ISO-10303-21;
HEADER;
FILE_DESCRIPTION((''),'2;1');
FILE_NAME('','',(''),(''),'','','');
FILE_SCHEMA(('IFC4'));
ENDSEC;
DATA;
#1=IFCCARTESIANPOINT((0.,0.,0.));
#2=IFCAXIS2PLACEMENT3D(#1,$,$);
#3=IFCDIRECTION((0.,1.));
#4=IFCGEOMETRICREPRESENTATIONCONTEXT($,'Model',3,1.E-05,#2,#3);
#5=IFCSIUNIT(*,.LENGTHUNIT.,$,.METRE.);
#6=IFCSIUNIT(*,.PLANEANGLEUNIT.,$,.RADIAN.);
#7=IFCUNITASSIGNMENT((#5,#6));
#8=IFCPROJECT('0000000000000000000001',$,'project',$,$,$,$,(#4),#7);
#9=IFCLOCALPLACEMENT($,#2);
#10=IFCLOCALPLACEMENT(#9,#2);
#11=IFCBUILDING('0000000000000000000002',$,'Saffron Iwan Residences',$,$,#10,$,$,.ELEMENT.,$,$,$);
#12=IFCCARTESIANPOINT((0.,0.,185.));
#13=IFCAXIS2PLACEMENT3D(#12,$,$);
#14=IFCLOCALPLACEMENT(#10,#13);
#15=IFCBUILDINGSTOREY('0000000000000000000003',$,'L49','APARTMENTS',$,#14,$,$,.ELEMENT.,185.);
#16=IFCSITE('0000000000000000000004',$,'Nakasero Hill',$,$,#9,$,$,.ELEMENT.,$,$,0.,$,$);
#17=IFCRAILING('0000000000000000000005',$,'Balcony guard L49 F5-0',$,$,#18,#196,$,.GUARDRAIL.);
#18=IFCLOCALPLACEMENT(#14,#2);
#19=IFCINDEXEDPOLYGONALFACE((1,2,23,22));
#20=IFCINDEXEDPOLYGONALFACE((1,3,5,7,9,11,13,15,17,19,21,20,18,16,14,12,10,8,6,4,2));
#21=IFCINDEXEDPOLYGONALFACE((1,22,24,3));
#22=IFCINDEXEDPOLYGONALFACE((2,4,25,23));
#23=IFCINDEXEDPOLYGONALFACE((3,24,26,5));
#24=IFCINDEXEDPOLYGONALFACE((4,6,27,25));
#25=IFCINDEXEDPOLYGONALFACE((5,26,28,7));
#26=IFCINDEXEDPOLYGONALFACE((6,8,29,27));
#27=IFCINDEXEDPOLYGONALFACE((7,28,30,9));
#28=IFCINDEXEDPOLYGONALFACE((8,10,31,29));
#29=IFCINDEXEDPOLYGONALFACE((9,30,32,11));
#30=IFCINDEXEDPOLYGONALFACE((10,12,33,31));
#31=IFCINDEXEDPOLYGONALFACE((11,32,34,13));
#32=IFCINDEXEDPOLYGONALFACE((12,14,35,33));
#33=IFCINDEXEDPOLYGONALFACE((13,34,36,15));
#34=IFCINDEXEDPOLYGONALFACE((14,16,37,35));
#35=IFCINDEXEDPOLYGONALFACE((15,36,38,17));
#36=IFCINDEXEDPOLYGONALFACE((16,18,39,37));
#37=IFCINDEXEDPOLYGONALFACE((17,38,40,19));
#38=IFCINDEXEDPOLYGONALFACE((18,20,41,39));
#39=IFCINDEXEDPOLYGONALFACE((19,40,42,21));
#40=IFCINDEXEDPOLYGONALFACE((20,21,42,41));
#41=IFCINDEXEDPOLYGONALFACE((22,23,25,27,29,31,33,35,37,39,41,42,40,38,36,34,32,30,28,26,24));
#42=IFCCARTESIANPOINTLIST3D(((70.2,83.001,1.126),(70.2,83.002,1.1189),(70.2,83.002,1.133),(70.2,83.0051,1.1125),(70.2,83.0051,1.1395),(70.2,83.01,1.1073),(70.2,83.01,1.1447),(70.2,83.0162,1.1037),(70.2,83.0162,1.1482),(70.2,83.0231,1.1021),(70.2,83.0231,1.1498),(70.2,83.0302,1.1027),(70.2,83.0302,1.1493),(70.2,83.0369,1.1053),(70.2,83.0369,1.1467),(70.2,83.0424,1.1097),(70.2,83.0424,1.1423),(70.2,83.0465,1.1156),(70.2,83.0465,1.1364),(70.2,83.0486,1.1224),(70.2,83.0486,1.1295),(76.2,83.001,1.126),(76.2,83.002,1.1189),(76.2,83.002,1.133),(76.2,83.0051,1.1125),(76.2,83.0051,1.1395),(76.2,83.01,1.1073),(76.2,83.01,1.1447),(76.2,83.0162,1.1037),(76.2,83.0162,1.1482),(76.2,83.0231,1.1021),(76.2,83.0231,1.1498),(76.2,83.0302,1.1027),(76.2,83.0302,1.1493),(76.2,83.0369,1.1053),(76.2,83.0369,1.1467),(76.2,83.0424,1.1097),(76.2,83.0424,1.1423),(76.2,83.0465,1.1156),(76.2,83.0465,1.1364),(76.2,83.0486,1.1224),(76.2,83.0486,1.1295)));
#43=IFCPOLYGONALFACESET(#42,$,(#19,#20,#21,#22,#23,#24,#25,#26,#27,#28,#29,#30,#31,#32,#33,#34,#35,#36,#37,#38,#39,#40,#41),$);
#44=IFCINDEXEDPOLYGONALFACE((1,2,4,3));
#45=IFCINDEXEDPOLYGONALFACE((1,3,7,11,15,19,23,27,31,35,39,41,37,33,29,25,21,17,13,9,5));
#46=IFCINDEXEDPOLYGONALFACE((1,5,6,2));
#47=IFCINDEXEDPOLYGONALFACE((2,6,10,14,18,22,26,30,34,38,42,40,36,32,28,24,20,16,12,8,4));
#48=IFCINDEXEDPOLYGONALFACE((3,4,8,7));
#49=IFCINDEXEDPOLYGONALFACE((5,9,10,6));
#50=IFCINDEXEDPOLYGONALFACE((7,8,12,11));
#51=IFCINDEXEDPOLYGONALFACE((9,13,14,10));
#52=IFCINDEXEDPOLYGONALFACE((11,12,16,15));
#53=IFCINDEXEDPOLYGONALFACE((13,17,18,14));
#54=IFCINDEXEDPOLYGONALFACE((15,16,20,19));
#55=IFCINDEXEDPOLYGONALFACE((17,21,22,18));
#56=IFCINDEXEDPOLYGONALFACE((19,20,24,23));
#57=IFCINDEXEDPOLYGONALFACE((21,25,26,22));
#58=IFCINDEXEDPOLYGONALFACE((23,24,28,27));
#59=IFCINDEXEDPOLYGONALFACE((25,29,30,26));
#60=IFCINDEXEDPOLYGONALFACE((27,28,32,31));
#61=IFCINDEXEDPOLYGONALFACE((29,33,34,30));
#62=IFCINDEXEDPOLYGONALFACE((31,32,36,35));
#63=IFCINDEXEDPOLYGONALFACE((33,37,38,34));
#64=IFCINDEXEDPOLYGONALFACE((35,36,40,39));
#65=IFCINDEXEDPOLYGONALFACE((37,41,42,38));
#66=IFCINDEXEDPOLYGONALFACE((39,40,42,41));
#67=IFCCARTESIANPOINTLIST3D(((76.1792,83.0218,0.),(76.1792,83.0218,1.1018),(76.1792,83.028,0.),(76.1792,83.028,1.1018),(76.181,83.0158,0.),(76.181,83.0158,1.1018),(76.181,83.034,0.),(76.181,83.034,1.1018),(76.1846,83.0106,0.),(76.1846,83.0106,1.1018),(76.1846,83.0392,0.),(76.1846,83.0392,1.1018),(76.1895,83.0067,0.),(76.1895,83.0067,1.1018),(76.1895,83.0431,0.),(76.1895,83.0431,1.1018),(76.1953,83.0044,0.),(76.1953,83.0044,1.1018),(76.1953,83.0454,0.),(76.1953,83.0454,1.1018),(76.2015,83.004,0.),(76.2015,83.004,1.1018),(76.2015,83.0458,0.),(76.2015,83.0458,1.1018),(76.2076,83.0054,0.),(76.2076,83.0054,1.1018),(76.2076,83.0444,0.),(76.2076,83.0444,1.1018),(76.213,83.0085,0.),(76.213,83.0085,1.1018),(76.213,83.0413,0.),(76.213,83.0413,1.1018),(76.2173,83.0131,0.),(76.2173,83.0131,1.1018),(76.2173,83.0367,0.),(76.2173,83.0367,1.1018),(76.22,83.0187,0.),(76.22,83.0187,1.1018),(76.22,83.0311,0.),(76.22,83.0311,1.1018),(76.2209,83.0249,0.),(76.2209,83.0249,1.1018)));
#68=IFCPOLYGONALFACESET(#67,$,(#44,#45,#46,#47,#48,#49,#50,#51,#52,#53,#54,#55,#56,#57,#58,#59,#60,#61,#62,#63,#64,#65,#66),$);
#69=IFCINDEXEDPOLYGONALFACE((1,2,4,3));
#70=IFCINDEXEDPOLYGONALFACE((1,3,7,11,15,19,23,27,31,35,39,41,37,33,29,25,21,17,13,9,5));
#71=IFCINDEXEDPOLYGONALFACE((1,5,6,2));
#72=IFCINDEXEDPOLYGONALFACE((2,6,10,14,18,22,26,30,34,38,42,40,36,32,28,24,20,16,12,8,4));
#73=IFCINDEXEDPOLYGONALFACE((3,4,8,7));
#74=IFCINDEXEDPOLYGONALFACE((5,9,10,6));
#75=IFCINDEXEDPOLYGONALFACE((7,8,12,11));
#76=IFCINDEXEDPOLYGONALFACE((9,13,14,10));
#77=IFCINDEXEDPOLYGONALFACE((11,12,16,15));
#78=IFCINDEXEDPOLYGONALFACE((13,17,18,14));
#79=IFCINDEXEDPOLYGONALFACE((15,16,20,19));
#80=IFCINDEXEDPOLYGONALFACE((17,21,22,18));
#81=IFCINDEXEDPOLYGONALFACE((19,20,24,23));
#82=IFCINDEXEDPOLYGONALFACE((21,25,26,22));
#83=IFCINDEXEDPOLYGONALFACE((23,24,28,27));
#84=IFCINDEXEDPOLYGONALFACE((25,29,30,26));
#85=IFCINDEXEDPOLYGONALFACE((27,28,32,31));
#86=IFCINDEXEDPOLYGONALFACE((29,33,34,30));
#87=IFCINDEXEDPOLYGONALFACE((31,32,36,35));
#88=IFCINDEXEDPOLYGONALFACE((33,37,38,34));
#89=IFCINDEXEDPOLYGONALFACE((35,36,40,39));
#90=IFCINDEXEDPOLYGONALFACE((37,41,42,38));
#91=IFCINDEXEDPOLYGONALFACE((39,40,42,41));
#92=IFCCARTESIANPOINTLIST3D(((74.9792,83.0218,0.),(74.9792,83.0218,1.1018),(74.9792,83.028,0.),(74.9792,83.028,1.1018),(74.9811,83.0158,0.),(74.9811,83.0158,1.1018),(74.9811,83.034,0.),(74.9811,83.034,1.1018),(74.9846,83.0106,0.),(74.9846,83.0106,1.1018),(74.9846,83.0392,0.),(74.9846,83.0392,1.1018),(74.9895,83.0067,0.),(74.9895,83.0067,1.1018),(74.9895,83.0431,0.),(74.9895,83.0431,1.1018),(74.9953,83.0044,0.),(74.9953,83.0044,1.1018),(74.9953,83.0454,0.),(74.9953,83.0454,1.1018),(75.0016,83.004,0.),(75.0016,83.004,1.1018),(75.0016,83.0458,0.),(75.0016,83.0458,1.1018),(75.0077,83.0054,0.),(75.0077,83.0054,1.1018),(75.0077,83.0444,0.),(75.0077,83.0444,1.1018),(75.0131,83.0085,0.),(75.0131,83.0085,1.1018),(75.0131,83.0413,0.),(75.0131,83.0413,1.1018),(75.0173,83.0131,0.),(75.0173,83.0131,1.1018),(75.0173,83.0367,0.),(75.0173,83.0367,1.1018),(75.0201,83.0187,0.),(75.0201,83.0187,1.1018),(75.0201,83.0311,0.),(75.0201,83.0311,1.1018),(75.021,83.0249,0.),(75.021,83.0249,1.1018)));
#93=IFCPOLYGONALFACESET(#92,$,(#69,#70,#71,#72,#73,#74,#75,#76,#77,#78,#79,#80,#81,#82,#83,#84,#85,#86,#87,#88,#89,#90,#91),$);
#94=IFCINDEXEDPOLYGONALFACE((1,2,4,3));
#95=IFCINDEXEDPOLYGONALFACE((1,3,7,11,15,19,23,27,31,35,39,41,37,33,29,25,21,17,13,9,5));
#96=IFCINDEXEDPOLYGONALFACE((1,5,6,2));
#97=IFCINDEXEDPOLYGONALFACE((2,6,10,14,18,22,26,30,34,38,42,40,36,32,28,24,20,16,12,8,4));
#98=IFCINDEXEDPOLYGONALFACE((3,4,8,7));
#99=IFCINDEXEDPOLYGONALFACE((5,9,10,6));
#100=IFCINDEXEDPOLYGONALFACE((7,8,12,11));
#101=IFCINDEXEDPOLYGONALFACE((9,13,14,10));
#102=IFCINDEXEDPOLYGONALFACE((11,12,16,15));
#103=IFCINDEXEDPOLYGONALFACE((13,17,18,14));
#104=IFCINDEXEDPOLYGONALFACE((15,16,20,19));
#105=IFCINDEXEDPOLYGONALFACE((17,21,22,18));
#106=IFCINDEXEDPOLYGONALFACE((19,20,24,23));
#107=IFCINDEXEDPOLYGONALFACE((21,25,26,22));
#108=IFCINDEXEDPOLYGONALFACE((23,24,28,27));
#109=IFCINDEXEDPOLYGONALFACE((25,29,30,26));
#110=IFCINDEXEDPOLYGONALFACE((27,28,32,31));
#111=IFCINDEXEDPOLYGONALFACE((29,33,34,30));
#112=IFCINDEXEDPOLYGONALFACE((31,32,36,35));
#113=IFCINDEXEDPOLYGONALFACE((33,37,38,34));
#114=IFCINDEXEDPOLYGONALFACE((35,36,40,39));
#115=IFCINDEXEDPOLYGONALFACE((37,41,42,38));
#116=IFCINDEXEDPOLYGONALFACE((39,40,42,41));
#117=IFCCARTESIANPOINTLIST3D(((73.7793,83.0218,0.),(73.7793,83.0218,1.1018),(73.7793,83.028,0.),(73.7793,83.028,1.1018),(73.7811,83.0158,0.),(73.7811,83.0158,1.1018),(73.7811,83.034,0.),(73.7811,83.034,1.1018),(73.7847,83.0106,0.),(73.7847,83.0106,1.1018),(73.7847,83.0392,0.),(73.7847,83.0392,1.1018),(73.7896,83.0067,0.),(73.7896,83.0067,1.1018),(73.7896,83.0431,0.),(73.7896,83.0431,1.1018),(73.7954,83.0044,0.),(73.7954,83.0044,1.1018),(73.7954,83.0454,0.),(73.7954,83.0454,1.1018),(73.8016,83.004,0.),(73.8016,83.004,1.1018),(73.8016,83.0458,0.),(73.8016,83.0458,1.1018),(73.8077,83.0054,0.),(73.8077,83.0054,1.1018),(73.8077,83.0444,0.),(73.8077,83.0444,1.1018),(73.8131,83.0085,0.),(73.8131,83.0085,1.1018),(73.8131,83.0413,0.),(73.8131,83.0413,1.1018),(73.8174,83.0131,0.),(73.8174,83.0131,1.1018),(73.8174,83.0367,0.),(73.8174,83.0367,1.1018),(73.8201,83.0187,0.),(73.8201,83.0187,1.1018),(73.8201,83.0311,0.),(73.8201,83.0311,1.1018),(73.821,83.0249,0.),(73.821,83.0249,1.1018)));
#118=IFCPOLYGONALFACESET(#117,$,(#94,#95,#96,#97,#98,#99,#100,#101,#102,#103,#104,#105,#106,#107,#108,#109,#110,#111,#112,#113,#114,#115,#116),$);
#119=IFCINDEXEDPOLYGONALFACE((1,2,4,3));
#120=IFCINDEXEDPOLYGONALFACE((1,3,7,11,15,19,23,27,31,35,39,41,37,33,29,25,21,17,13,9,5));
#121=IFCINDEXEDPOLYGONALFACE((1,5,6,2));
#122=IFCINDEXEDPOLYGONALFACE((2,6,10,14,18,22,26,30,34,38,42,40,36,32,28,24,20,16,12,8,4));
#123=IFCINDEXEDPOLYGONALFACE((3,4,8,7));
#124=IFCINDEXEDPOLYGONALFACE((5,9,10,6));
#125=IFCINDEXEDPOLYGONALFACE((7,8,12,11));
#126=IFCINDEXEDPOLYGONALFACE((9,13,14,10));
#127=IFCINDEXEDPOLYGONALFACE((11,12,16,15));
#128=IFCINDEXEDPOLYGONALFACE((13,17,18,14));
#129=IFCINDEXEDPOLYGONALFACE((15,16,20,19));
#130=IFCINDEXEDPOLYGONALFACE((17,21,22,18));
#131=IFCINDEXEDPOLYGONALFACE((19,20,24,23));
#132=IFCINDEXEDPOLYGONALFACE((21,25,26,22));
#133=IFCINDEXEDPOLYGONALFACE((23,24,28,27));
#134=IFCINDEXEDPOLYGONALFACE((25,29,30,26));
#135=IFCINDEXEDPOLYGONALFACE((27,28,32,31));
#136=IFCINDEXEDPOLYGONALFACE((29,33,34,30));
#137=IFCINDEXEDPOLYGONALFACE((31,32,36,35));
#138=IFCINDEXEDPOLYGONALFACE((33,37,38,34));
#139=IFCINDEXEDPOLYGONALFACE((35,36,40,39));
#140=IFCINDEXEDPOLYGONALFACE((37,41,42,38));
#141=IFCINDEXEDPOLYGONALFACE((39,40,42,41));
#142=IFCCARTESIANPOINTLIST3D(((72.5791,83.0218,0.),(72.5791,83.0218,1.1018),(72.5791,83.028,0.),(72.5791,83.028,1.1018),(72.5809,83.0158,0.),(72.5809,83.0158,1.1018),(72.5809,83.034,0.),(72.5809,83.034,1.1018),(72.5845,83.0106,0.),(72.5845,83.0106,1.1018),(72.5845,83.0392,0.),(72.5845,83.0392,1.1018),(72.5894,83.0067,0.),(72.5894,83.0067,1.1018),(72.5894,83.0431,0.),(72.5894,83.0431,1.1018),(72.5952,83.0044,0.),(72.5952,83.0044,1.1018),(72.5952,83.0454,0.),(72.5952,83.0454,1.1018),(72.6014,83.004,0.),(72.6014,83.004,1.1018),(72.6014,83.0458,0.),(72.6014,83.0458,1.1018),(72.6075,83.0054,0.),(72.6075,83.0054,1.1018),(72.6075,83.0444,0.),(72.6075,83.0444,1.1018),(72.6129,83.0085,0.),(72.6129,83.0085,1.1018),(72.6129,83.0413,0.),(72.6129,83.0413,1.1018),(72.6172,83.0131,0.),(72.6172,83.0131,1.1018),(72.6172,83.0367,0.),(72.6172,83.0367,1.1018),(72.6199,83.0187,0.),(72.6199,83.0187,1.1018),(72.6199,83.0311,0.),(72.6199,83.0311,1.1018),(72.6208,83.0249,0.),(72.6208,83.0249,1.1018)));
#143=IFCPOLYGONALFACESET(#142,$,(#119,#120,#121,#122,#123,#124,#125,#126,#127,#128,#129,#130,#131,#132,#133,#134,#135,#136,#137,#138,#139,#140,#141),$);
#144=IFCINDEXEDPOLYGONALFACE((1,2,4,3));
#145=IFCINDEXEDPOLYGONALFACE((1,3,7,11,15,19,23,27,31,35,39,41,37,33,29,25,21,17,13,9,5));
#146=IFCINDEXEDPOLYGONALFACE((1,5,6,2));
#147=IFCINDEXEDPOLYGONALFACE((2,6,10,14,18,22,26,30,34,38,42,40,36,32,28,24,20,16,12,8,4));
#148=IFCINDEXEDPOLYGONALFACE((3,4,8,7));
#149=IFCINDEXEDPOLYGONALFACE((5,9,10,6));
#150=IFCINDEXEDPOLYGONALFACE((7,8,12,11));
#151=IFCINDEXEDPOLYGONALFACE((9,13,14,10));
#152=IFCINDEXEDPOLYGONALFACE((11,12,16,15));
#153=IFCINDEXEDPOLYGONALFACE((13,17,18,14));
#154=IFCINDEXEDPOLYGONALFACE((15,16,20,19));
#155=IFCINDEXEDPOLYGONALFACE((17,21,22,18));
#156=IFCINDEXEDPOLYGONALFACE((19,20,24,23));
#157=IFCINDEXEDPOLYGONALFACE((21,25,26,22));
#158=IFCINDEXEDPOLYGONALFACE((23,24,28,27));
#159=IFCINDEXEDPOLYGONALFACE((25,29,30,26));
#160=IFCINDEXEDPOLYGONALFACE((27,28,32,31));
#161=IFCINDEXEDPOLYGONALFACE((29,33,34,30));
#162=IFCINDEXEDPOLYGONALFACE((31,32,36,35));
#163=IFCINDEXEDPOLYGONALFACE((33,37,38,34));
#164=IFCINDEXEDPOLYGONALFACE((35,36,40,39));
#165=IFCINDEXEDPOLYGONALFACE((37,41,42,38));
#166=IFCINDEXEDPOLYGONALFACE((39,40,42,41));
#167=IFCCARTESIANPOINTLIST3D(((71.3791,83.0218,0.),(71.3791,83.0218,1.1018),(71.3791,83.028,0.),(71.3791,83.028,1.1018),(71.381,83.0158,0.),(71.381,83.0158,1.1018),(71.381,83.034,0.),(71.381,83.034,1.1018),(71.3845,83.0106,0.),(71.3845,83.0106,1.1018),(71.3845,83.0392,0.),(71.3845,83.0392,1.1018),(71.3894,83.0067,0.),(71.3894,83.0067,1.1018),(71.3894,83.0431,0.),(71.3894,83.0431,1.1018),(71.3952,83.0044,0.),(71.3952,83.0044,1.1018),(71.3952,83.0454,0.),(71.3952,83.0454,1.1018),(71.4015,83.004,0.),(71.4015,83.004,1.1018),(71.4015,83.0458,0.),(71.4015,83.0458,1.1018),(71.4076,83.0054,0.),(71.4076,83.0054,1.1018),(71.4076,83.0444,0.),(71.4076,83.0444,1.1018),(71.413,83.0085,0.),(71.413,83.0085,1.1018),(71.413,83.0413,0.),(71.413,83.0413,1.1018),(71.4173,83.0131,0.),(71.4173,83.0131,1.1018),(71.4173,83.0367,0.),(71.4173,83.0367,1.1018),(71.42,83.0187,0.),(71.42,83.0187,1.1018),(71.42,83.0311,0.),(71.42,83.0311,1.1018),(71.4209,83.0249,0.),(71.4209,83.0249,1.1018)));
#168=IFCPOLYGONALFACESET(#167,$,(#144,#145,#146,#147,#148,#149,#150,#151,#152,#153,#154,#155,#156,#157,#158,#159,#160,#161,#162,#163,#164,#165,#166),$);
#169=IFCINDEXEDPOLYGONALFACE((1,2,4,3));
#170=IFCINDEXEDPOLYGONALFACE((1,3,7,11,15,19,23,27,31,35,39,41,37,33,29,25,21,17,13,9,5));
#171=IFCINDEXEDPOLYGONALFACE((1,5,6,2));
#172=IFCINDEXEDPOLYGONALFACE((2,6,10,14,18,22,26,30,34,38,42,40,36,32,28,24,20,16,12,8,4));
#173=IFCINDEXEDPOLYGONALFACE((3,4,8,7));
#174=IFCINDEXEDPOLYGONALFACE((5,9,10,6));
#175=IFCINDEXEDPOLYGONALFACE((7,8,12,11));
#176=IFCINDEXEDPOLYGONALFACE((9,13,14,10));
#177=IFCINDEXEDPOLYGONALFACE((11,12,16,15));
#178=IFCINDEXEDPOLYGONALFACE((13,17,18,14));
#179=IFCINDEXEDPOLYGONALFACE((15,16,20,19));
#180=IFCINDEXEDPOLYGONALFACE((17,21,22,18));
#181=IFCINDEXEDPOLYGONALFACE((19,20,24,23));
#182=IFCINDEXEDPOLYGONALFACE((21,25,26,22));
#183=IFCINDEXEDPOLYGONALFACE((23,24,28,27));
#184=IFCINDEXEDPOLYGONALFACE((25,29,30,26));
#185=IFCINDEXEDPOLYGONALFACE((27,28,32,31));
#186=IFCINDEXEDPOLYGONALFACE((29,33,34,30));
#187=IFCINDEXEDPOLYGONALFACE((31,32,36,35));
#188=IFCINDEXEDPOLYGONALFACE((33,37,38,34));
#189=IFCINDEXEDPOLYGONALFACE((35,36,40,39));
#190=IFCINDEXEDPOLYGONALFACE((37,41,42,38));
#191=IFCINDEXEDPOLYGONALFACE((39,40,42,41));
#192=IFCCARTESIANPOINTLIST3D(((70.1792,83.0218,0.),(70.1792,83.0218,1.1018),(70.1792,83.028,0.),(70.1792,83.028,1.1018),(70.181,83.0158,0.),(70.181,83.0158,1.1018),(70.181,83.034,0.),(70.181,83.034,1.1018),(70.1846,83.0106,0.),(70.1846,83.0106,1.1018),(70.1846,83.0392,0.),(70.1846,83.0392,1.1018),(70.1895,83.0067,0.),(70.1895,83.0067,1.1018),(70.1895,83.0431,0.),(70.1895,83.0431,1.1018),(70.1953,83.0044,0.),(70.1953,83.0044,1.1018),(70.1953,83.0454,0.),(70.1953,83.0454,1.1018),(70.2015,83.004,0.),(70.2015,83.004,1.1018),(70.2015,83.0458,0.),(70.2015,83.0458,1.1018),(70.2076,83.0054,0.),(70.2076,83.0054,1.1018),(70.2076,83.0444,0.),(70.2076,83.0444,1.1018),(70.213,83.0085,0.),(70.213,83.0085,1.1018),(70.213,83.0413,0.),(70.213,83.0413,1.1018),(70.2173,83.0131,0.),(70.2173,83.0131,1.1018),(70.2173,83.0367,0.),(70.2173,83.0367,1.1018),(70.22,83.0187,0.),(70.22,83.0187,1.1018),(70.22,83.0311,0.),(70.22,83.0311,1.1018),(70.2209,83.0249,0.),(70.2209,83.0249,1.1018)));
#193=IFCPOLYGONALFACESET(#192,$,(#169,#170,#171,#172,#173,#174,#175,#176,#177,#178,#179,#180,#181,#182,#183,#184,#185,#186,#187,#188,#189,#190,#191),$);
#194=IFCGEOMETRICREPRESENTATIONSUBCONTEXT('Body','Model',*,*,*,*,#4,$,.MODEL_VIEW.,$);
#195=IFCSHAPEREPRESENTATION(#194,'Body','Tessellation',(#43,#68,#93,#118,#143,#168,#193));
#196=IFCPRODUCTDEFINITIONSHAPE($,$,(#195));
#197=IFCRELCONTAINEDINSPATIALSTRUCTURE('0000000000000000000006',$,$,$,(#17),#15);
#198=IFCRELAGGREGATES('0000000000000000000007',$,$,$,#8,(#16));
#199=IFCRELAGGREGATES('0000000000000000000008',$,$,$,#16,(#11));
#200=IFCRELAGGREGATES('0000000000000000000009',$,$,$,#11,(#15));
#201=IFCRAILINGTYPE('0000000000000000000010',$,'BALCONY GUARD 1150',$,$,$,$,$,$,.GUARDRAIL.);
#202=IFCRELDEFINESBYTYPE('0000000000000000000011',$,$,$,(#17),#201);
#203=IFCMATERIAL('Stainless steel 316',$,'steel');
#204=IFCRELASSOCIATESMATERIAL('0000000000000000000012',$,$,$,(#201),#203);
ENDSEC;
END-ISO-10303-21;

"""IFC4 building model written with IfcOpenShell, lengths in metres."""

from ifc_helpers import new_model, si_unit, direction, frame, origin, origin_2d, place, context, subcontext, project, spatial, circle, extrude, material, type_object, element, save


model = new_model("IFC4")

# Units and contexts
model_context = context("Model", 3, precision=1e-05, world=origin(), true_north=direction((0.0, 1.0)))
body_context = subcontext(model_context, "Body", "Model", "MODEL_VIEW")
ifc_project = project(units=[si_unit("LENGTHUNIT", "METRE"), si_unit("PLANEANGLEUNIT", "RADIAN")], contexts=[model_context])

# Site, building, storey
site_placement = place(None, origin())
site = spatial("IfcSite", under=ifc_project, at=site_placement, Name="Nakasero Hill", CompositionType="ELEMENT", RefElevation=0.0)
building_placement = place(site_placement, origin())
building = spatial("IfcBuilding", under=site, at=building_placement, Name="Saffron Iwan Residences", CompositionType="ELEMENT")
storey_placement = place(building_placement, frame((0.0, 0.0, 185.0)))
storey = spatial("IfcBuildingStorey", under=building, at=storey_placement, Name="L49", Description="APARTMENTS", CompositionType="ELEMENT", Elevation=185.0)

# Railing
ifc_material_1 = material(Name="Stainless steel 316", Category="steel")
railing_type = type_object("IfcRailingType", Name="BALCONY GUARD 1150", PredefinedType="GUARDRAIL", material=ifc_material_1)
railing_placement = place(storey_placement, frame((76.2, 83.0249, 0.0)))
element("IfcRailing", 1, at=railing_placement, inside=storey, type_object=railing_type, Name="Balcony guard L49 F5-0", PredefinedType="GUARDRAIL", context=body_context, shape_type="SweptSolid", body=[
    extrude(circle(Radius=0.0239, at=origin_2d()), frame((0.0, 0.0, 1.126), z_axis=(-1.0, 0.0, 0.0), x_axis=(0.0, -1.0, 0.0)), (0.0, 0.0, 1.0), 6.0),
    extrude(circle(Radius=0.021, at=origin_2d()), origin(), (0.0, 0.0, 1.0), 1.1018),
    extrude(circle(Radius=0.021, at=origin_2d()), frame((-1.2, 0.0, 0.0)), (0.0, 0.0, 1.0), 1.1018),
    extrude(circle(Radius=0.021, at=origin_2d()), frame((-2.3999, 0.0, 0.0)), (0.0, 0.0, 1.0), 1.1018),
    extrude(circle(Radius=0.021, at=origin_2d()), frame((-3.6001, 0.0, 0.0)), (0.0, 0.0, 1.0), 1.1018),
    extrude(circle(Radius=0.021, at=origin_2d()), frame((-4.8, 0.0, 0.0)), (0.0, 0.0, 1.0), 1.1018),
    extrude(circle(Radius=0.021, at=origin_2d()), frame((-6.0, 0.0, 0.0)), (0.0, 0.0, 1.0), 1.1018),
])

save(model, "model.ifc")
